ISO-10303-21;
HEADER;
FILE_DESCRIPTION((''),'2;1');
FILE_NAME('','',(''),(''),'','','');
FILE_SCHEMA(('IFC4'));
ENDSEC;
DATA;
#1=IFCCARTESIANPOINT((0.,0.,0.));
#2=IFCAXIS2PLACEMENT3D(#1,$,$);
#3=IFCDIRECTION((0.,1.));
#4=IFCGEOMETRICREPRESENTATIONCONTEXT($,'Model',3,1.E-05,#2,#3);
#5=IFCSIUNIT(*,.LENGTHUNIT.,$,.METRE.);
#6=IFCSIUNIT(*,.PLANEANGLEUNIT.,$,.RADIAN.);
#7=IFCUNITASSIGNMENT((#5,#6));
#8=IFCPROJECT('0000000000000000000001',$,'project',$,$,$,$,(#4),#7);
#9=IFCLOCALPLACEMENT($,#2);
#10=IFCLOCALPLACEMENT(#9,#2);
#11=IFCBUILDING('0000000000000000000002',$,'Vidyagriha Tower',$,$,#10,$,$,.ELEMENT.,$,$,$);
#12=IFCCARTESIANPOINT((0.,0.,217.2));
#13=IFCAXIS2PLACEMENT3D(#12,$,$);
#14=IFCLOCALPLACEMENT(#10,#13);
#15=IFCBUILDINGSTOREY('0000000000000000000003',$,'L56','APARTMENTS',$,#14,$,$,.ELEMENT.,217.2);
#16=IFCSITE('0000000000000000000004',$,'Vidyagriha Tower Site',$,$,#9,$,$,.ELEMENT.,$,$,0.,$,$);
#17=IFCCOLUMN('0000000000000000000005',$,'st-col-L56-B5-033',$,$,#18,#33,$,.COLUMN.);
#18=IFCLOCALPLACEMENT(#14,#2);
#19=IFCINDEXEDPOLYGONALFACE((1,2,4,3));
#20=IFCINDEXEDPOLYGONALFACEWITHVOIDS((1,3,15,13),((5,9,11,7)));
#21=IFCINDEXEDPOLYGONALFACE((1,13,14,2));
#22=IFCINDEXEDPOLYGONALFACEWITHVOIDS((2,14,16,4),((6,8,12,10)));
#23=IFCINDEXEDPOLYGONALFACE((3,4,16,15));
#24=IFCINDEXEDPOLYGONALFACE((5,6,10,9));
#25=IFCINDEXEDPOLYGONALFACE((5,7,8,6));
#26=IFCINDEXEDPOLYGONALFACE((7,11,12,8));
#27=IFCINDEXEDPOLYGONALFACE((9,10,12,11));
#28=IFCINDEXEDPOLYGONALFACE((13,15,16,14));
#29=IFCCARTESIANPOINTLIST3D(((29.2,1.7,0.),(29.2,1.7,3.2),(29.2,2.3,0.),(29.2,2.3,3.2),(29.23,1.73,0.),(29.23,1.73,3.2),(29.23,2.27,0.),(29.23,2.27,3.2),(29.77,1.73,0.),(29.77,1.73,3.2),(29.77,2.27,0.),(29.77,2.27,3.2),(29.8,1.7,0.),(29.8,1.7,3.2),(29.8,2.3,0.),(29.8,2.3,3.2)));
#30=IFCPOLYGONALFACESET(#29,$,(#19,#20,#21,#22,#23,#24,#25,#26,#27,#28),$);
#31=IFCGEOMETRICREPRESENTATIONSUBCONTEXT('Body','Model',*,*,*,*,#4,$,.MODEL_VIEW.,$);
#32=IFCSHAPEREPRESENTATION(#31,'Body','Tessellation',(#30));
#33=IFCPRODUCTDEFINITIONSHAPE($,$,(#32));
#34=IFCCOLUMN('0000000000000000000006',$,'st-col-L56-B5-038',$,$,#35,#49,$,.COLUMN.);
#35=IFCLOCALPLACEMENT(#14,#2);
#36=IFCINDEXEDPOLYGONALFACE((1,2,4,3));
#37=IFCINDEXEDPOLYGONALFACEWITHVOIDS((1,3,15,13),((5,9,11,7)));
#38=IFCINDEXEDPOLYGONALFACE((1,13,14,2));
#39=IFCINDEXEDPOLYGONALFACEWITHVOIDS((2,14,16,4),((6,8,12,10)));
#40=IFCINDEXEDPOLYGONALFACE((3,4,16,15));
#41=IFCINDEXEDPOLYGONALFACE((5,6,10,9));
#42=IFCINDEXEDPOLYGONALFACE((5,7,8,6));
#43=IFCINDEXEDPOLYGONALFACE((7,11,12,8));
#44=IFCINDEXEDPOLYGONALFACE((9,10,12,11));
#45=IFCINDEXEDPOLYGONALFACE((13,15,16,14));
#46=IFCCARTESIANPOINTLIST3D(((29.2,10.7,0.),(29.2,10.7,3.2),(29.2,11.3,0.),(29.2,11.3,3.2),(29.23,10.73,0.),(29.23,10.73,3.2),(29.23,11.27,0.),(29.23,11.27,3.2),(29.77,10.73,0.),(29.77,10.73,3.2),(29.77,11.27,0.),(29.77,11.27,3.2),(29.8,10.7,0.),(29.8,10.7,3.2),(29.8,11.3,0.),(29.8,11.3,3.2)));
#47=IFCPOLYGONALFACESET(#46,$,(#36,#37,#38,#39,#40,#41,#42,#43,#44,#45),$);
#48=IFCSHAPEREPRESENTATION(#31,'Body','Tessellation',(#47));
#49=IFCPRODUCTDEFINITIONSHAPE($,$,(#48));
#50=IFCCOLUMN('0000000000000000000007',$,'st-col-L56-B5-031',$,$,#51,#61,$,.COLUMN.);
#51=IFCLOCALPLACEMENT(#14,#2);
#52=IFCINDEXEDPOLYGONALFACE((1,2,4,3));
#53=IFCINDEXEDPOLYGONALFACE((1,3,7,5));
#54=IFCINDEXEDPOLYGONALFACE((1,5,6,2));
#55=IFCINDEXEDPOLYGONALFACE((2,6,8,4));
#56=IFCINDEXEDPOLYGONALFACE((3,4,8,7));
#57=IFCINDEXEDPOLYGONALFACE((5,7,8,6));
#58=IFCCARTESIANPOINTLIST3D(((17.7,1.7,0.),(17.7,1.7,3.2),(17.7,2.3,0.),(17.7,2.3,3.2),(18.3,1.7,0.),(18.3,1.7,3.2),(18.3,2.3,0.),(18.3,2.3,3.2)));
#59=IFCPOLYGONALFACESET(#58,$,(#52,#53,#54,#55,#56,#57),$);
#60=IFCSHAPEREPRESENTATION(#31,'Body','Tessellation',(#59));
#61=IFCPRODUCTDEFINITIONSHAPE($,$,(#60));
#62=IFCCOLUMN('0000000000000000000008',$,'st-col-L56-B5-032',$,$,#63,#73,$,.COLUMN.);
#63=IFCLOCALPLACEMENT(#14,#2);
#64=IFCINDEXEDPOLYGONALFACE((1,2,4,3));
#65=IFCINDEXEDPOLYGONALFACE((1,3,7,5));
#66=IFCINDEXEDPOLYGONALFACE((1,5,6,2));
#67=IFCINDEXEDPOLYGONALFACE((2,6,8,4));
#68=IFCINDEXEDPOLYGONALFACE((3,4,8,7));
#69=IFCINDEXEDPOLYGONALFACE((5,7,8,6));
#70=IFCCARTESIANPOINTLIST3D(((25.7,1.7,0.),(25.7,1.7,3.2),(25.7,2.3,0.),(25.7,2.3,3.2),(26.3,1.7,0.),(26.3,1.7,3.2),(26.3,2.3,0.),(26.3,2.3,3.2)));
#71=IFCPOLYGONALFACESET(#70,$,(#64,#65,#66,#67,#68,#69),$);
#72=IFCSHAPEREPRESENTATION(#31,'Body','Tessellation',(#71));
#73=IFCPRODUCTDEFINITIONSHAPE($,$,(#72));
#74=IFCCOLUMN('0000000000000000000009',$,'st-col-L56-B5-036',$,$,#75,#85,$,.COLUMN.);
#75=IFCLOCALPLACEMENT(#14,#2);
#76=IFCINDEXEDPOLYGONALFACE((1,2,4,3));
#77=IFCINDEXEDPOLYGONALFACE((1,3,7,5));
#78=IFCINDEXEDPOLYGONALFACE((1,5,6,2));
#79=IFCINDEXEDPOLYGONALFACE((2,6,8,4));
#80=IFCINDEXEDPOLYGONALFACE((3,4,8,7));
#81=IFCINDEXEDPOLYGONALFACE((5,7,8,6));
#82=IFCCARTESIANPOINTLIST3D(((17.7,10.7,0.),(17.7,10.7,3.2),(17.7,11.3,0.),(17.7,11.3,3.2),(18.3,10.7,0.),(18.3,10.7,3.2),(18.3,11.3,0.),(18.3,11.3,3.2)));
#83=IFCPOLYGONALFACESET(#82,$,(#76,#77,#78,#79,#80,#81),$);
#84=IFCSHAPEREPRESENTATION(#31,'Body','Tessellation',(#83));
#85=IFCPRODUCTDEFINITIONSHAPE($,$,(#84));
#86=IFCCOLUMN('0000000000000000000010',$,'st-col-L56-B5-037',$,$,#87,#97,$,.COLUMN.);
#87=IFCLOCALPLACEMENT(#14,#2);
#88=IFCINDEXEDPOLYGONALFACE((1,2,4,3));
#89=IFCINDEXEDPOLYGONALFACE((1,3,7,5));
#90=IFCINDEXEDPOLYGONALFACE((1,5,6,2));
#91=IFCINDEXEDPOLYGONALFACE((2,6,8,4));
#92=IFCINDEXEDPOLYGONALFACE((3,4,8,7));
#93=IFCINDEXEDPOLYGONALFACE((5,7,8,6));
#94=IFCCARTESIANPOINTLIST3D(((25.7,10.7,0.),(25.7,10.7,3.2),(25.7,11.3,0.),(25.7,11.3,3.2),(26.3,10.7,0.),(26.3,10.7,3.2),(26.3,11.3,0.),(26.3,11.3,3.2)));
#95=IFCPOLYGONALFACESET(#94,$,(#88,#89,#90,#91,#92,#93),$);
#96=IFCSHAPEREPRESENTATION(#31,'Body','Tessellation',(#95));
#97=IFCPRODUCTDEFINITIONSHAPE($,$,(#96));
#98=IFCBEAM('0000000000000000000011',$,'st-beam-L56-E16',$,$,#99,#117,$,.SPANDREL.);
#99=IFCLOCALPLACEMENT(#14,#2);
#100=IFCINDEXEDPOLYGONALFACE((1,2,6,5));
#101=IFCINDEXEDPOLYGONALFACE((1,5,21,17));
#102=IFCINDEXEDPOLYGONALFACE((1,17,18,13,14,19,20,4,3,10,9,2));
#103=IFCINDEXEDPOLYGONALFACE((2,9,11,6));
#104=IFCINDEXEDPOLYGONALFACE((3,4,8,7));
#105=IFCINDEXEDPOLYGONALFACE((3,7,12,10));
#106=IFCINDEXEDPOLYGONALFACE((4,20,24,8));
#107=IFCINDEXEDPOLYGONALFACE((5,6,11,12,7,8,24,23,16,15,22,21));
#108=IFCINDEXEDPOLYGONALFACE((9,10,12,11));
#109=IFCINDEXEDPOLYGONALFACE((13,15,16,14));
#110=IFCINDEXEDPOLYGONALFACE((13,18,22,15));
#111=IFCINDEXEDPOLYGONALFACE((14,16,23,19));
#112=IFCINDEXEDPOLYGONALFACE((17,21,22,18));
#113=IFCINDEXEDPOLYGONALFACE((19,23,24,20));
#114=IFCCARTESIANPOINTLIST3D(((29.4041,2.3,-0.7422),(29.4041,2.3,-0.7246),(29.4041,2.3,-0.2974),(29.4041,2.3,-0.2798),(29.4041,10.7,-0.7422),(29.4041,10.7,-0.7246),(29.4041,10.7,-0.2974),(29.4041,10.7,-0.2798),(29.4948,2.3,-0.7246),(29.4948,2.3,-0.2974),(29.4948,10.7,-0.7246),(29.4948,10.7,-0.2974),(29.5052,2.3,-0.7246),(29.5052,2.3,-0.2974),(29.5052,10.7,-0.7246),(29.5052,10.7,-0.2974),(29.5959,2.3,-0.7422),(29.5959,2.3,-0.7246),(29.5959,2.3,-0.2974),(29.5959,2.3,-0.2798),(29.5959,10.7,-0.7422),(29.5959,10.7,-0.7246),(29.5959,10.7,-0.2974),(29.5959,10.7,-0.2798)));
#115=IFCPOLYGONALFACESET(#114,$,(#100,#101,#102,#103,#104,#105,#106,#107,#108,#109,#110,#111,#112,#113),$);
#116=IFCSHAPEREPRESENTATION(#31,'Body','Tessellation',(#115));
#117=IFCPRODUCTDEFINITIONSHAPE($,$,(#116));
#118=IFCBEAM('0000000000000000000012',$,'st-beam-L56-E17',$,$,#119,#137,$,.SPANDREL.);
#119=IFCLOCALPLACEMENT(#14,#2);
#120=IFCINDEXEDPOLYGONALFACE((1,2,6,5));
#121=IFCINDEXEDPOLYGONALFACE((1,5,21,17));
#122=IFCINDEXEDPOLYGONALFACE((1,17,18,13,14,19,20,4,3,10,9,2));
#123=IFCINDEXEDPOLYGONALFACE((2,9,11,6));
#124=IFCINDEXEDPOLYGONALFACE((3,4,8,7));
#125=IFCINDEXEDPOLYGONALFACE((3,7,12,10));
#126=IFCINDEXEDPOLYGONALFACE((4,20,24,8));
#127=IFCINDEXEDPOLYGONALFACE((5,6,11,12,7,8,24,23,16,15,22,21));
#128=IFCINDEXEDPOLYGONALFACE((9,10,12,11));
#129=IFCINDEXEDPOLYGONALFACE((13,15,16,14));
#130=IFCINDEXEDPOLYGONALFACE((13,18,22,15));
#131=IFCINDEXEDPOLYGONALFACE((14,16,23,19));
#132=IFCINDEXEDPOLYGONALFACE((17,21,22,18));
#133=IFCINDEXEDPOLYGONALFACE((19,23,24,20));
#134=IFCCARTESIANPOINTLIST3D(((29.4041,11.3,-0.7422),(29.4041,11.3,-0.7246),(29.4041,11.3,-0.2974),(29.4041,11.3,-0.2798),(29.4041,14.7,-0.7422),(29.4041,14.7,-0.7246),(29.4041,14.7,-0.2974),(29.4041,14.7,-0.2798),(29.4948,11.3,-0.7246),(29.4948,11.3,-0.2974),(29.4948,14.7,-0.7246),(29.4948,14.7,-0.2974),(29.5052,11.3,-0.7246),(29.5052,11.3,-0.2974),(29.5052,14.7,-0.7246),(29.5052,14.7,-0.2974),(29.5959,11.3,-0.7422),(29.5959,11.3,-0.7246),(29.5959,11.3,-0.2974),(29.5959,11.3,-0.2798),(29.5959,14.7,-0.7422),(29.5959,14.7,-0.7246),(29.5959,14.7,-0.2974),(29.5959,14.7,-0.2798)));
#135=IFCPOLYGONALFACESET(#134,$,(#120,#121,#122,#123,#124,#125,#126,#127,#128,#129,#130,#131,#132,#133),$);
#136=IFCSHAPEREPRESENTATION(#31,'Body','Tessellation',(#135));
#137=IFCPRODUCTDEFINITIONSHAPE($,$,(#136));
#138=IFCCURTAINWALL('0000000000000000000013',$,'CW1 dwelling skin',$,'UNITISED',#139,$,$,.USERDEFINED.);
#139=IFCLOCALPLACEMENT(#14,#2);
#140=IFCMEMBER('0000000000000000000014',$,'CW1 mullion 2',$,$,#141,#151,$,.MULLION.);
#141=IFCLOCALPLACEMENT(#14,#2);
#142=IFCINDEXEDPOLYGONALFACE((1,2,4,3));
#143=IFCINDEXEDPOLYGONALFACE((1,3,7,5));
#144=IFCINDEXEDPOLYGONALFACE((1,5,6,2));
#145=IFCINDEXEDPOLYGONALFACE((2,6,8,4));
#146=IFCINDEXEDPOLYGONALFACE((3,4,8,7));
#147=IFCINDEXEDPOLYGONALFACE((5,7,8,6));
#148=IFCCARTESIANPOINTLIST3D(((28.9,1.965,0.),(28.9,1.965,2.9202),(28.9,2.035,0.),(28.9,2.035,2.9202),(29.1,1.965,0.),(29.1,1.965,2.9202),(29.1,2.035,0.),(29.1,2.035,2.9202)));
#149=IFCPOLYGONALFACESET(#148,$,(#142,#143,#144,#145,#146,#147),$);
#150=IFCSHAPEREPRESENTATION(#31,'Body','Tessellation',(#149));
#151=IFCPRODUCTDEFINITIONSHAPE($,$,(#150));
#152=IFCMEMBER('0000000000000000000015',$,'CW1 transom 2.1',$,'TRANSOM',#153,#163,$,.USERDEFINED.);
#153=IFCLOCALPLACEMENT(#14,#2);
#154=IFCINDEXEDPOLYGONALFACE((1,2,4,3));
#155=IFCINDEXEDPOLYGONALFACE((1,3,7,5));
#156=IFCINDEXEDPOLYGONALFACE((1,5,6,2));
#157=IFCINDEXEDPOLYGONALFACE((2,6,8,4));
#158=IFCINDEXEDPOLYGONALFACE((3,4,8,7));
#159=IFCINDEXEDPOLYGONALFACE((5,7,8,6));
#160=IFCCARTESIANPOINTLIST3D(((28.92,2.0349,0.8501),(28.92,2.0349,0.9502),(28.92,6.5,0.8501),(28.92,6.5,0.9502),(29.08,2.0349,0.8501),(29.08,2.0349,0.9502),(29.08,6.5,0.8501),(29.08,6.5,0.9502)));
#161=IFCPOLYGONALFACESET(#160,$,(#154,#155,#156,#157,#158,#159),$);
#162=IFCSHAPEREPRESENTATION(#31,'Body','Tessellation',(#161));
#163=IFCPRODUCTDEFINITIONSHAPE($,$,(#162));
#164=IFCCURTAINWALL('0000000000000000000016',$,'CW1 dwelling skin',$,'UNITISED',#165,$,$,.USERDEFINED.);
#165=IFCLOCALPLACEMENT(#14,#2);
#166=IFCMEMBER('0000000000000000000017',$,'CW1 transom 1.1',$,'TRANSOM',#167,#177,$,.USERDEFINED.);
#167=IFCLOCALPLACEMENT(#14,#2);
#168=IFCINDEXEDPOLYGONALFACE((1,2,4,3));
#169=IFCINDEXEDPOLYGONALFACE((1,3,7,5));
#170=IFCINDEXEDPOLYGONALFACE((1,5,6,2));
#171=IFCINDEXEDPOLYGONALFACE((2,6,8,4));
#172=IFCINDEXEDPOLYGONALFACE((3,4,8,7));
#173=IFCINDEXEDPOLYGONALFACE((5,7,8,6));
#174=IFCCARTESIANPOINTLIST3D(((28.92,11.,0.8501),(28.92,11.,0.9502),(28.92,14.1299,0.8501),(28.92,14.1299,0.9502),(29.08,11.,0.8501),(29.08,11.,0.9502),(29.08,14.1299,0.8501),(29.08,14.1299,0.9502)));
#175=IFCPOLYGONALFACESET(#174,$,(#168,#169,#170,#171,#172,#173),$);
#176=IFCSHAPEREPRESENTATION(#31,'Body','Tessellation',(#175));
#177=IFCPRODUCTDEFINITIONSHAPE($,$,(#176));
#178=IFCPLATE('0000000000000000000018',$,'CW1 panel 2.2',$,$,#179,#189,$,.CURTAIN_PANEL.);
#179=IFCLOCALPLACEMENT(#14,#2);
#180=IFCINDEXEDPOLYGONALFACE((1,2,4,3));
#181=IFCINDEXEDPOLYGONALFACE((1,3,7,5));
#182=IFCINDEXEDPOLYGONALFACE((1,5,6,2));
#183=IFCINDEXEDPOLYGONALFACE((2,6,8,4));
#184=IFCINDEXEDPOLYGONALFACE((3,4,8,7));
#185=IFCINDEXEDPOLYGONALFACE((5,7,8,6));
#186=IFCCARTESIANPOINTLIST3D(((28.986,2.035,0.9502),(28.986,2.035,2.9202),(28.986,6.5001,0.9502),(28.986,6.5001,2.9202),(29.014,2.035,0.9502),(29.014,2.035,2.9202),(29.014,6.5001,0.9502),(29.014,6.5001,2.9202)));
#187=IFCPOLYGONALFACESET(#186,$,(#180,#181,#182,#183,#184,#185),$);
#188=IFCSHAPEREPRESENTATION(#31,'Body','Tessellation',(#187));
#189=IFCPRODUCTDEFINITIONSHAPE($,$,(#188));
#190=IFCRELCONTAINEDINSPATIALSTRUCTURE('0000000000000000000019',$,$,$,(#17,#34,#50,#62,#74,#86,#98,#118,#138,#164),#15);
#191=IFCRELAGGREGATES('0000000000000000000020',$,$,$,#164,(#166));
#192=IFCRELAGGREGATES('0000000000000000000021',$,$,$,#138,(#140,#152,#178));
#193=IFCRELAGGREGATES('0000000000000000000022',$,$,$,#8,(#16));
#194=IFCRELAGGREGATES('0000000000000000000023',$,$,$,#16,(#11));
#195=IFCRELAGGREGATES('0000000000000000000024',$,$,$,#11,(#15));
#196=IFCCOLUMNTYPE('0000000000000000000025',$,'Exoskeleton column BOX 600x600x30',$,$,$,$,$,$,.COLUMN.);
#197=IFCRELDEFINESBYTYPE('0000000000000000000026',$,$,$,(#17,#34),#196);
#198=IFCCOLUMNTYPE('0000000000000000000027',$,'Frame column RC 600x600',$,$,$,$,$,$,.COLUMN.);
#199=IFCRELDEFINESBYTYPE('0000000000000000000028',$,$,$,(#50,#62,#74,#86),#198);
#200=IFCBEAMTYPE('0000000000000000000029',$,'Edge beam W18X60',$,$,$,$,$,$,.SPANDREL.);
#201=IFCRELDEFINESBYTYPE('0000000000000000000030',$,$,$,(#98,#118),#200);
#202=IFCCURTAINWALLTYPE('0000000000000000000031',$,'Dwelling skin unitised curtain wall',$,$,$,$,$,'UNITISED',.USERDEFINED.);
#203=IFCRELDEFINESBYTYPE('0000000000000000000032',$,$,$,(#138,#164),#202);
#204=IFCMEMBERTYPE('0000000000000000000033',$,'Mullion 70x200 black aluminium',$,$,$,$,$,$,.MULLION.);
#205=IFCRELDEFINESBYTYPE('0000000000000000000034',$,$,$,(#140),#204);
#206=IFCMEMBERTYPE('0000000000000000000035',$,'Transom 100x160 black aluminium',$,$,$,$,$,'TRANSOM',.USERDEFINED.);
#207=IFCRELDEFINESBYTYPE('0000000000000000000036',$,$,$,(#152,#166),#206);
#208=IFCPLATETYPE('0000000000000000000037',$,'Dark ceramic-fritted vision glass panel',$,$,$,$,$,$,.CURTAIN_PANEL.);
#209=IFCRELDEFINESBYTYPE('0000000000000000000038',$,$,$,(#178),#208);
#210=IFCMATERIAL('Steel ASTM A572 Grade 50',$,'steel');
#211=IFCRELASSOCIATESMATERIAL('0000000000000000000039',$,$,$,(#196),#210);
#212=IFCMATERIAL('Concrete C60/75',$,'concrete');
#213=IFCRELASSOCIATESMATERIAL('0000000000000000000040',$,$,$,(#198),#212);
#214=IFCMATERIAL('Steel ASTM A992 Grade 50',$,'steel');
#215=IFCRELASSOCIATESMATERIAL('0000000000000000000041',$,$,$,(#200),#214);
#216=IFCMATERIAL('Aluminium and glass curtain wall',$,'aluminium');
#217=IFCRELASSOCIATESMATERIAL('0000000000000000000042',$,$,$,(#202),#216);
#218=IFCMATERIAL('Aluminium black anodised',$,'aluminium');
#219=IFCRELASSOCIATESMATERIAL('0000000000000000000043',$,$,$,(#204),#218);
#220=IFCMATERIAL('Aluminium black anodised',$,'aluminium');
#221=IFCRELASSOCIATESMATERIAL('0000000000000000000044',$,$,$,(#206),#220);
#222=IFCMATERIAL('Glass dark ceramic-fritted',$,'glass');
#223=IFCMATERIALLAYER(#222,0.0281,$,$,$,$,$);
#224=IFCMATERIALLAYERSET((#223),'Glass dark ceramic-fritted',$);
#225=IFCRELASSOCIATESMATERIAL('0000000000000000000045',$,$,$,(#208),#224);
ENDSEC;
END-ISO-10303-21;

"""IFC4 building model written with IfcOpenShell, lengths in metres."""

from ifc_helpers import new_model, si_unit, direction, frame, origin, origin_2d, place, context, subcontext, project, spatial, rectangle, hollow_rectangle, i_section, extrude, material, layer, layer_set, material_profile, profile_set, type_object, element, aggregate, save


model = new_model("IFC4")

# Units and contexts
model_context = context("Model", 3, precision=1e-05, world=origin(), true_north=direction((0.0, 1.0)))
body_context = subcontext(model_context, "Body", "Model", "MODEL_VIEW")
ifc_project = project(units=[si_unit("LENGTHUNIT", "METRE"), si_unit("PLANEANGLEUNIT", "RADIAN")], contexts=[model_context])

# Site, building, storey
site_placement = place(None, origin())
site = spatial("IfcSite", under=ifc_project, at=site_placement, Name="Vidyagriha Tower Site", CompositionType="ELEMENT", RefElevation=0.0)
building_placement = place(site_placement, origin())
building = spatial("IfcBuilding", under=site, at=building_placement, Name="Vidyagriha Tower", CompositionType="ELEMENT")
storey_placement = place(building_placement, frame((0.0, 0.0, 217.2)))
storey = spatial("IfcBuildingStorey", under=building, at=storey_placement, Name="L56", Description="APARTMENTS", CompositionType="ELEMENT", Elevation=217.2)

# Columns
ifc_material_1 = material(Name="Steel ASTM A572 Grade 50", Category="steel")
ifc_material_profile_1 = material_profile(ifc_material_1, hollow_rectangle(XDim=0.6001, YDim=0.6001, WallThickness=0.03, at=origin_2d()), Name="BOX 600x600x30")
ifc_profile_set_1 = profile_set([ifc_material_profile_1], Name="Steel ASTM A572 Grade 50")
column_type_1 = type_object("IfcColumnType", Name="Exoskeleton column BOX 600x600x30", PredefinedType="COLUMN", material=ifc_profile_set_1)
for number, where, name in (
    (1, (29.5, 2.0, 0.0), "st-col-L56-B5-033"),
    (2, (29.5, 11.0, 0.0), "st-col-L56-B5-038"),
):
    element("IfcColumn", number, at=place(storey_placement, frame(where)), inside=storey, type_object=column_type_1, Name=name, PredefinedType="COLUMN", context=body_context, shape_type="SweptSolid", body=[
        extrude(hollow_rectangle(XDim=0.6001, YDim=0.6001, WallThickness=0.03, at=origin_2d()), origin(), (0.0, 0.0, 1.0), 3.2),
    ])
ifc_material_2 = material(Name="Concrete C60/75", Category="concrete")
ifc_material_profile_2 = material_profile(ifc_material_2, rectangle(XDim=0.6001, YDim=0.6001, at=origin_2d()), Name="RC 600x600")
ifc_profile_set_2 = profile_set([ifc_material_profile_2], Name="Concrete C60/75")
column_type_2 = type_object("IfcColumnType", Name="Frame column RC 600x600", PredefinedType="COLUMN", material=ifc_profile_set_2)
for number, where, name in (
    (3, (18.0, 2.0, 0.0), "st-col-L56-B5-031"),
    (4, (26.0, 2.0, 0.0), "st-col-L56-B5-032"),
    (5, (18.0, 11.0, 0.0), "st-col-L56-B5-036"),
    (6, (26.0, 11.0, 0.0), "st-col-L56-B5-037"),
):
    element("IfcColumn", number, at=place(storey_placement, frame(where)), inside=storey, type_object=column_type_2, Name=name, PredefinedType="COLUMN", context=body_context, shape_type="SweptSolid", body=[
        extrude(rectangle(XDim=0.6001, YDim=0.6001, at=origin_2d()), origin(), (0.0, 0.0, 1.0), 3.2),
    ])

# Beams
ifc_material_3 = material(Name="Steel ASTM A992 Grade 50", Category="steel")
ifc_material_profile_3 = material_profile(ifc_material_3, i_section(OverallWidth=0.1919, OverallDepth=0.4624, WebThickness=0.0105, FlangeThickness=0.0176, at=origin_2d()), Name="W18X60")
ifc_profile_set_3 = profile_set([ifc_material_profile_3], Name="Steel ASTM A992 Grade 50")
beam_type = type_object("IfcBeamType", Name="Edge beam W18X60", PredefinedType="SPANDREL", material=ifc_profile_set_3)
beam_1_placement = place(storey_placement, frame((29.5, 2.3, -0.511), z_axis=(0.0, 1.0, 0.0), x_axis=(-1.0, 0.0, 0.0)))
element("IfcBeam", 7, at=beam_1_placement, inside=storey, type_object=beam_type, Name="st-beam-L56-E16", PredefinedType="SPANDREL", context=body_context, shape_type="SweptSolid", body=[
    extrude(i_section(OverallWidth=0.1919, OverallDepth=0.4624, WebThickness=0.0105, FlangeThickness=0.0176, at=origin_2d()), origin(), (0.0, 0.0, 1.0), 8.3999),
])
beam_2_placement = place(storey_placement, frame((29.5, 11.3, -0.511), z_axis=(0.0, 1.0, 0.0), x_axis=(-1.0, 0.0, 0.0)))
element("IfcBeam", 8, at=beam_2_placement, inside=storey, type_object=beam_type, Name="st-beam-L56-E17", PredefinedType="SPANDREL", context=body_context, shape_type="SweptSolid", body=[
    extrude(i_section(OverallWidth=0.1919, OverallDepth=0.4624, WebThickness=0.0105, FlangeThickness=0.0176, at=origin_2d()), origin(), (0.0, 0.0, 1.0), 3.3999),
])

# Curtain wall, members
ifc_material_4 = material(Name="Aluminium and glass curtain wall", Category="aluminium")
curtain_wall_type = type_object("IfcCurtainWallType", Name="Dwelling skin unitised curtain wall", ElementType="UNITISED", PredefinedType="USERDEFINED", material=ifc_material_4)
curtain_wall_1_placement = place(storey_placement, origin())
curtain_wall_1 = element("IfcCurtainWall", 9, at=curtain_wall_1_placement, inside=storey, type_object=curtain_wall_type, Name="CW1 dwelling skin", ObjectType="UNITISED", PredefinedType="USERDEFINED")
ifc_material_5 = material(Name="Aluminium black anodised", Category="aluminium")
ifc_material_profile_4 = material_profile(ifc_material_5, rectangle(XDim=0.2, YDim=0.0701, at=origin_2d()), Name="Mullion 70x200 black aluminium")
ifc_profile_set_4 = profile_set([ifc_material_profile_4], Name="Aluminium black anodised")
member_type_1 = type_object("IfcMemberType", Name="Mullion 70x200 black aluminium", PredefinedType="MULLION", material=ifc_profile_set_4)
member_1_placement = place(storey_placement, frame((29.0, 2.0, 0.0), z_axis=(0.0, 0.0, 1.0), x_axis=(-1.0, 0.0, 0.0)))
member_1 = element("IfcMember", 10, at=member_1_placement, type_object=member_type_1, Name="CW1 mullion 2", PredefinedType="MULLION", context=body_context, shape_type="SweptSolid", body=[
    extrude(rectangle(XDim=0.2, YDim=0.0701, at=origin_2d()), origin(), (0.0, 0.0, 1.0), 2.9202),
])
ifc_material_6 = material(Name="Aluminium black anodised", Category="aluminium")
ifc_material_profile_5 = material_profile(ifc_material_6, rectangle(XDim=0.1599, YDim=0.1001, at=origin_2d()), Name="Transom 100x160 black aluminium")
ifc_profile_set_5 = profile_set([ifc_material_profile_5], Name="Aluminium black anodised")
member_type_2 = type_object("IfcMemberType", Name="Transom 100x160 black aluminium", ElementType="TRANSOM", PredefinedType="USERDEFINED", material=ifc_profile_set_5)
member_2_placement = place(storey_placement, frame((29.0, 2.0349, 0.9001), z_axis=(0.0, 1.0, 0.0), x_axis=(-1.0, 0.0, 0.0)))
member_2 = element("IfcMember", 11, at=member_2_placement, type_object=member_type_2, Name="CW1 transom 2.1", ObjectType="TRANSOM", PredefinedType="USERDEFINED", context=body_context, shape_type="SweptSolid", body=[
    extrude(rectangle(XDim=0.1599, YDim=0.1001, at=origin_2d()), origin(), (0.0, 0.0, 1.0), 4.4651),
])

# Curtain wall, member
curtain_wall_2_placement = place(storey_placement, origin())
curtain_wall_2 = element("IfcCurtainWall", 12, at=curtain_wall_2_placement, inside=storey, type_object=curtain_wall_type, Name="CW1 dwelling skin", ObjectType="UNITISED", PredefinedType="USERDEFINED")
member_3_placement = place(storey_placement, frame((29.0, 11.0, 0.9001), z_axis=(0.0, 1.0, 0.0), x_axis=(-1.0, 0.0, 0.0)))
member_3 = element("IfcMember", 13, at=member_3_placement, type_object=member_type_2, Name="CW1 transom 1.1", ObjectType="TRANSOM", PredefinedType="USERDEFINED", context=body_context, shape_type="SweptSolid", body=[
    extrude(rectangle(XDim=0.1599, YDim=0.1001, at=origin_2d()), origin(), (0.0, 0.0, 1.0), 3.1299),
])
aggregate(curtain_wall_2, [member_3])

# Plate
ifc_material_7 = material(Name="Glass dark ceramic-fritted", Category="glass")
ifc_layer_1 = layer(ifc_material_7, 0.0281)
ifc_layer_set_1 = layer_set([ifc_layer_1], Name="Glass dark ceramic-fritted")
plate_type_1 = type_object("IfcPlateType", Name="Dark ceramic-fritted vision glass panel", PredefinedType="CURTAIN_PANEL", material=ifc_layer_set_1)
plate_1_placement = place(storey_placement, frame((29.0, 4.2676, 0.9502), z_axis=(0.0, 0.0, 1.0), x_axis=(0.0, 1.0, 0.0)))
plate_1 = element("IfcPlate", 14, at=plate_1_placement, type_object=plate_type_1, Name="CW1 panel 2.2", PredefinedType="CURTAIN_PANEL", context=body_context, shape_type="SweptSolid", body=[
    extrude(rectangle(XDim=4.4651, YDim=0.0281, at=origin_2d()), origin(), (0.0, 0.0, 1.0), 1.97),
])
aggregate(curtain_wall_1, [member_1, member_2, plate_1])

save(model, "model.ifc")
